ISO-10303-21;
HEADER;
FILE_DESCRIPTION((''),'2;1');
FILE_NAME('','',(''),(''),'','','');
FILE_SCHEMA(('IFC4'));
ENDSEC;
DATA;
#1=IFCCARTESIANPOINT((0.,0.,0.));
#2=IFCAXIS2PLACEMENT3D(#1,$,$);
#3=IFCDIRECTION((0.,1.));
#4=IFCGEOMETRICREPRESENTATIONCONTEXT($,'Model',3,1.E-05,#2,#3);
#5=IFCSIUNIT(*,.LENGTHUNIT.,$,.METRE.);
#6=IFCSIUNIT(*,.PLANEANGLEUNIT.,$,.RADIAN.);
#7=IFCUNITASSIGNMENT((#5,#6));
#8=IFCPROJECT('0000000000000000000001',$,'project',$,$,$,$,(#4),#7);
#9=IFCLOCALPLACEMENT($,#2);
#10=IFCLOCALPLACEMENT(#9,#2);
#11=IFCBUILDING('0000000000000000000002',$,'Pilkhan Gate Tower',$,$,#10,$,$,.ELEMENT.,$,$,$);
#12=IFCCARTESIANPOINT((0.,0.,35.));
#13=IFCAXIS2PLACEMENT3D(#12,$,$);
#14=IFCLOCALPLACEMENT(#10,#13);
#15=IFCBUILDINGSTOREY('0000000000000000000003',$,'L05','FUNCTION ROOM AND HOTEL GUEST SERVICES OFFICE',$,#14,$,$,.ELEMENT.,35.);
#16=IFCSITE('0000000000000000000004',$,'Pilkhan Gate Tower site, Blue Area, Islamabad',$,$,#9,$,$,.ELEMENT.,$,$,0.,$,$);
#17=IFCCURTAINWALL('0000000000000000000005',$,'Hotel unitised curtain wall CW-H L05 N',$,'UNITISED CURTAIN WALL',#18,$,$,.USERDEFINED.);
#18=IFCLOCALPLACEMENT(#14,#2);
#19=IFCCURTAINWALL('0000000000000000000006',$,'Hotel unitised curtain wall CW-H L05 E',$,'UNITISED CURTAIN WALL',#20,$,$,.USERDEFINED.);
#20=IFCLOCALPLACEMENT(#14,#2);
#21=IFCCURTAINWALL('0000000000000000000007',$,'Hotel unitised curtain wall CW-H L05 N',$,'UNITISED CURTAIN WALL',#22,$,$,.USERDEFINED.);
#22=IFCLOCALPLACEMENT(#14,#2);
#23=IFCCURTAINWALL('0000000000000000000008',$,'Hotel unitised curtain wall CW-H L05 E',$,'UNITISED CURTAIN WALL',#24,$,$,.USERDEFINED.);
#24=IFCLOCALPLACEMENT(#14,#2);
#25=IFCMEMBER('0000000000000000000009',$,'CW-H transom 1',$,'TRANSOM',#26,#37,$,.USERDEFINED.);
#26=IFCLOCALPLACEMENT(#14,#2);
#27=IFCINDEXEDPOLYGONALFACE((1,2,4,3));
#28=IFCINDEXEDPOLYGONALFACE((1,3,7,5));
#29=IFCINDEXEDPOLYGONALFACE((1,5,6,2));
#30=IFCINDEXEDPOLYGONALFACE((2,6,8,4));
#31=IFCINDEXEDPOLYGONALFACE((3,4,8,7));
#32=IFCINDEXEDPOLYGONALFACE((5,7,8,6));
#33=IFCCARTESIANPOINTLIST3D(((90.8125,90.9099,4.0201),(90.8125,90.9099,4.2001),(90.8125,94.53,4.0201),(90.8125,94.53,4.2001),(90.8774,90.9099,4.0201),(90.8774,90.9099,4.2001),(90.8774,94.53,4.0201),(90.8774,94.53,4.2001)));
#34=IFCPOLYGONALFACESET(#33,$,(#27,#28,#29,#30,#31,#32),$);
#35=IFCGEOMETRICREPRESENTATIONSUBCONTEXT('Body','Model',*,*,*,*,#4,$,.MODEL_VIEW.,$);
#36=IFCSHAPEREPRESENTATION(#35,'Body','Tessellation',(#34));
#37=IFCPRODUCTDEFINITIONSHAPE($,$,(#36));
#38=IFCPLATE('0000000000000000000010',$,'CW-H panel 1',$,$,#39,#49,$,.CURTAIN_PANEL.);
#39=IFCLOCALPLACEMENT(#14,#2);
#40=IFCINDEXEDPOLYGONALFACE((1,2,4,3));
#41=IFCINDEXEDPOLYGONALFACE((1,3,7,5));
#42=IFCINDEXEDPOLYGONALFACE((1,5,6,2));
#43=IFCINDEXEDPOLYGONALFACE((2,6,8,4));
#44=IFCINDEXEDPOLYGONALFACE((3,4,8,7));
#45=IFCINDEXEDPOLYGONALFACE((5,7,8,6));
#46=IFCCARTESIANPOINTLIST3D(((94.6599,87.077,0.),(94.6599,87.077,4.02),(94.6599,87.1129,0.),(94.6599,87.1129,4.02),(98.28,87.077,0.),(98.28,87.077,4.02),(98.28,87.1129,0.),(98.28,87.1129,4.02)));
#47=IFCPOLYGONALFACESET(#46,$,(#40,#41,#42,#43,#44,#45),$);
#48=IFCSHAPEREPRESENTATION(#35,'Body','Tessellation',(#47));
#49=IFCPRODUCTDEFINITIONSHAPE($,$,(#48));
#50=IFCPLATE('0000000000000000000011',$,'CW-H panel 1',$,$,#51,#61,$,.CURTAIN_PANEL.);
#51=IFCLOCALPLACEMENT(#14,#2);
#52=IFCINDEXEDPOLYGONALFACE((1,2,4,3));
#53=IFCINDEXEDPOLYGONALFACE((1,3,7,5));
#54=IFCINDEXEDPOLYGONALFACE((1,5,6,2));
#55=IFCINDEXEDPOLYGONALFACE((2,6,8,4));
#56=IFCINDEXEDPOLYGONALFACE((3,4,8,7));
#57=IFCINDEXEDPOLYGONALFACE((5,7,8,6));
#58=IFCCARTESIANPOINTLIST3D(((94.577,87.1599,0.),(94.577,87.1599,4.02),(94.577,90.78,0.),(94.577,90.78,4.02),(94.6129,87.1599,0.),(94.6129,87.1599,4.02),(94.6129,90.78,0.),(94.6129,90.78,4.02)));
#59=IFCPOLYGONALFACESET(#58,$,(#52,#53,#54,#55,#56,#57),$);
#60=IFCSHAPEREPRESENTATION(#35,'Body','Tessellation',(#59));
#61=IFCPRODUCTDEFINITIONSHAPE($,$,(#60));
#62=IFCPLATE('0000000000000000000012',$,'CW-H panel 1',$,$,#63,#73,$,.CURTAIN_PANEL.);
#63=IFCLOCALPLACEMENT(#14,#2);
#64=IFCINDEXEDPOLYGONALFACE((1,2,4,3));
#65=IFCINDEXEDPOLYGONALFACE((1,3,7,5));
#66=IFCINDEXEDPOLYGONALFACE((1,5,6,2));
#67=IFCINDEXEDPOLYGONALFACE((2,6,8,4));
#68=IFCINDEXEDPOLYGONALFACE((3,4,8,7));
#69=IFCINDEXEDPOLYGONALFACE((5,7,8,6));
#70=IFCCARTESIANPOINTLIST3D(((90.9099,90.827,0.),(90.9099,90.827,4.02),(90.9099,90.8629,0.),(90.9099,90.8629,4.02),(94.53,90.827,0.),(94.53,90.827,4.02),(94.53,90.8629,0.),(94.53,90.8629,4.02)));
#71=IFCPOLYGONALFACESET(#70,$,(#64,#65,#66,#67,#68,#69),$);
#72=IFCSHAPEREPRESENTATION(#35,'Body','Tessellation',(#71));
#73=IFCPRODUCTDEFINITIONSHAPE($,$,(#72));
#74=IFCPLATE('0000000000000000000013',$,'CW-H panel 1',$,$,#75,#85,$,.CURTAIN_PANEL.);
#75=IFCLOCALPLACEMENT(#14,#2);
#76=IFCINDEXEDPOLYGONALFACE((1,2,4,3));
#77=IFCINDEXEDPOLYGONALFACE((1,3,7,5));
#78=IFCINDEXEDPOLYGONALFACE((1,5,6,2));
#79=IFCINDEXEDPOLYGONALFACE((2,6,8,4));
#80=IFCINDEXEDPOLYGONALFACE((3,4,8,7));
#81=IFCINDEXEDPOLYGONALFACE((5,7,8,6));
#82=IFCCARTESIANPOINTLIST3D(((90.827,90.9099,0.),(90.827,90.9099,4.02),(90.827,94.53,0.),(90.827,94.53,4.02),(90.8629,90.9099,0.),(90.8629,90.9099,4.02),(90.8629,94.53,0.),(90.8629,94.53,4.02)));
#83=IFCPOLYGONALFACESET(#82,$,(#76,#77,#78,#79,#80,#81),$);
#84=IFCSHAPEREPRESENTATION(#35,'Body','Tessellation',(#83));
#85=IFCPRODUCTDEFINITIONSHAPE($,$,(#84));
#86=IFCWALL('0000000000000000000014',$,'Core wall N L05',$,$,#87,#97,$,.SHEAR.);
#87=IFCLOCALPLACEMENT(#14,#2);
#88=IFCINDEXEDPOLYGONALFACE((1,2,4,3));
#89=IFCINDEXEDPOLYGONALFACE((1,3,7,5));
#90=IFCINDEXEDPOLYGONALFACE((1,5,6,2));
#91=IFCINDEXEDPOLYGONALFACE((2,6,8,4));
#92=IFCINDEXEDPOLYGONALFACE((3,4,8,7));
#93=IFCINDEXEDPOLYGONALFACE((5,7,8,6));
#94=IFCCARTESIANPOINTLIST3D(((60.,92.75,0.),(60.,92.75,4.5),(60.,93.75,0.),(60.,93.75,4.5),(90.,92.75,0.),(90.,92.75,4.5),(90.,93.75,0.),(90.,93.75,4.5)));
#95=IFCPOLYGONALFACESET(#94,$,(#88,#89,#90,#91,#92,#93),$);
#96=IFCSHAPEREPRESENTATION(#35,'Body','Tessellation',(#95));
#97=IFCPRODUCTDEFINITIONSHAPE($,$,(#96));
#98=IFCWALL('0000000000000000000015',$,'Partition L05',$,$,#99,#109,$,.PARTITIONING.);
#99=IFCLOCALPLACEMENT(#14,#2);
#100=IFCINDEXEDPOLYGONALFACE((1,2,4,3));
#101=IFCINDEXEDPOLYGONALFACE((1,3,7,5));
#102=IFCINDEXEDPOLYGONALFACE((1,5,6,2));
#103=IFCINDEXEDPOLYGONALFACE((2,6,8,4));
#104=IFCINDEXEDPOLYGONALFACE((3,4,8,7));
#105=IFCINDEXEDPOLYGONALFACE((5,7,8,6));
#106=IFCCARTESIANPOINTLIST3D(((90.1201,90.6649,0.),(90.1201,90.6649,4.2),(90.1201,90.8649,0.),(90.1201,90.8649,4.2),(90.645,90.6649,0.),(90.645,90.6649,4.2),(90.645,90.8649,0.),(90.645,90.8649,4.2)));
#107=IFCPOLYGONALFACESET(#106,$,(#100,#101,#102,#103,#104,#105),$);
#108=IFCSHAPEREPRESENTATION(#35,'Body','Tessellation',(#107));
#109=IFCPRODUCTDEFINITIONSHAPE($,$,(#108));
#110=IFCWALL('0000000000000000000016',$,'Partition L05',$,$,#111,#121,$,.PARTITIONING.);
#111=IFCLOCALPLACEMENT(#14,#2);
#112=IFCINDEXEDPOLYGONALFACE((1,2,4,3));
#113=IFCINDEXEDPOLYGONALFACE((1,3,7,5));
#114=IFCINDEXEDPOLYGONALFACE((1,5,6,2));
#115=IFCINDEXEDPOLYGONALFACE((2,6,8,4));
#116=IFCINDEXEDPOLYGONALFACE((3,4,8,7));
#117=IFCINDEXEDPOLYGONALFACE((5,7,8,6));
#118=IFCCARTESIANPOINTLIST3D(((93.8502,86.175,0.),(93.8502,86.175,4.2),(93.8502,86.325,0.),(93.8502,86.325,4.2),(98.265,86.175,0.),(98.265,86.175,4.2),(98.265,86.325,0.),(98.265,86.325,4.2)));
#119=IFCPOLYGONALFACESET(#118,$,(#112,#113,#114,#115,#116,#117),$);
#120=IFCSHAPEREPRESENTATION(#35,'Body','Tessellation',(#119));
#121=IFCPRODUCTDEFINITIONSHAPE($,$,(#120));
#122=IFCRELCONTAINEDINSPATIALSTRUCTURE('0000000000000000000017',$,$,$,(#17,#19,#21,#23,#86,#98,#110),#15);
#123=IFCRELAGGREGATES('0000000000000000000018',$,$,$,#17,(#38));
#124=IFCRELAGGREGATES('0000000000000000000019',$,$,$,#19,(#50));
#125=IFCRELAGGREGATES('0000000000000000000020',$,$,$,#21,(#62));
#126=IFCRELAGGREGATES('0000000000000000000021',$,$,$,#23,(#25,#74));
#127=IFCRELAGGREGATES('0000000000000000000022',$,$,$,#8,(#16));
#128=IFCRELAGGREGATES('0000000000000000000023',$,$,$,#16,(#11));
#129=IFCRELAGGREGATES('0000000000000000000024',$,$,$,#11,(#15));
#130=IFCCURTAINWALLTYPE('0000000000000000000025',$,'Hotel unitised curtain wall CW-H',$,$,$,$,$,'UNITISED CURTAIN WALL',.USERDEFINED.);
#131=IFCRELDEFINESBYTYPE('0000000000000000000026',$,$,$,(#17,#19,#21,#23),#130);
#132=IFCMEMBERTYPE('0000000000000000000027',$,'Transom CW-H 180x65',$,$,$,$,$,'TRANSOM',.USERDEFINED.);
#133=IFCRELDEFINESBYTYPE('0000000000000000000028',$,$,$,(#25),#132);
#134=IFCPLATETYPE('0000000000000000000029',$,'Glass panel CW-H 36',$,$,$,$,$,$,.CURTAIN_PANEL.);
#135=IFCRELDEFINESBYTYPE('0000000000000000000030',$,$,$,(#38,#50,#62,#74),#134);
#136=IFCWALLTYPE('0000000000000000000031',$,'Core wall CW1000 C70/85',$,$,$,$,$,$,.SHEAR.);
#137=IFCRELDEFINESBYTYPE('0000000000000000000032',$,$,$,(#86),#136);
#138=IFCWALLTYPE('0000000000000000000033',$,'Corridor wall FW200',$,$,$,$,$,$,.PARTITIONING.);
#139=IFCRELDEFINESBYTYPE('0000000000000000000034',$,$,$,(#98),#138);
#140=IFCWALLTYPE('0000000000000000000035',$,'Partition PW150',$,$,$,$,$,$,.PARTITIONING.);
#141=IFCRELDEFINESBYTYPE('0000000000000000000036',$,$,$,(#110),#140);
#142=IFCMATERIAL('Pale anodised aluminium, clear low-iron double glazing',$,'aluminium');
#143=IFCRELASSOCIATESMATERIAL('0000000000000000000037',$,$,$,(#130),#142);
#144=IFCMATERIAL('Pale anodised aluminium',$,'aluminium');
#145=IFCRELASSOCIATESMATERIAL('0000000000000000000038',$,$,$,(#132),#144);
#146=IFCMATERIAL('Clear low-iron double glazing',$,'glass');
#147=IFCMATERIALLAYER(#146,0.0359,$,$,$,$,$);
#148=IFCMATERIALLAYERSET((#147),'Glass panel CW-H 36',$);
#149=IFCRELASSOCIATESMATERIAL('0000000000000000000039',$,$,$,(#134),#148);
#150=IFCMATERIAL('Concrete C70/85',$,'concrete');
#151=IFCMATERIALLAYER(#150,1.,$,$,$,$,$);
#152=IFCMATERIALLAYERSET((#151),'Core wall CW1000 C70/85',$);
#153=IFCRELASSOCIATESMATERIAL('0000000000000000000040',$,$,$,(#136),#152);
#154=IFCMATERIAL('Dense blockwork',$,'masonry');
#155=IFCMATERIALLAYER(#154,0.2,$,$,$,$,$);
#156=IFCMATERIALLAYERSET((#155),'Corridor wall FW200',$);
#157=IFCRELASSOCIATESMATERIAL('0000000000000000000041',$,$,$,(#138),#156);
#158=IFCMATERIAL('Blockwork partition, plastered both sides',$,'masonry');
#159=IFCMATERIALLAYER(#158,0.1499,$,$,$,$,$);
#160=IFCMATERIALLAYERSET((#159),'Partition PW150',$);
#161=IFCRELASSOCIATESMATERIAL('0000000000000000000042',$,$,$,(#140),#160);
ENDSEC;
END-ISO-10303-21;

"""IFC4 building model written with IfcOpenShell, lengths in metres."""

from ifc_helpers import new_model, si_unit, direction, frame, frame_2d, origin, origin_2d, place, context, subcontext, project, spatial, rectangle, extrude, material, layer, layer_set, material_profile, profile_set, type_object, element, aggregate, save


model = new_model("IFC4")

# Units and contexts
model_context = context("Model", 3, precision=1e-05, world=origin(), true_north=direction((0.0, 1.0)))
body_context = subcontext(model_context, "Body", "Model", "MODEL_VIEW")
ifc_project = project(units=[si_unit("LENGTHUNIT", "METRE"), si_unit("PLANEANGLEUNIT", "RADIAN")], contexts=[model_context])

# Site, building, storey
site_placement = place(None, origin())
site = spatial("IfcSite", under=ifc_project, at=site_placement, Name="Pilkhan Gate Tower site, Blue Area, Islamabad", CompositionType="ELEMENT", RefElevation=0.0)
building_placement = place(site_placement, origin())
building = spatial("IfcBuilding", under=site, at=building_placement, Name="Pilkhan Gate Tower", CompositionType="ELEMENT")
storey_placement = place(building_placement, frame((0.0, 0.0, 35.0)))
storey = spatial("IfcBuildingStorey", under=building, at=storey_placement, Name="L05", Description="FUNCTION ROOM AND HOTEL GUEST SERVICES OFFICE", CompositionType="ELEMENT", Elevation=35.0)

# Shared definitions
ifc_material_1 = material(Name="Concrete C70/85", Category="concrete")

# Shared definitions
ifc_material_2 = material(Name="Pale anodised aluminium, clear low-iron double glazing", Category="aluminium")
curtain_wall_type = type_object("IfcCurtainWallType", Name="Hotel unitised curtain wall CW-H", ElementType="UNITISED CURTAIN WALL", PredefinedType="USERDEFINED", material=ifc_material_2)
ifc_material_3 = material(Name="Pale anodised aluminium", Category="aluminium")

# Curtain walls
curtain_wall_1_placement = place(storey_placement, origin())
curtain_wall_1 = element("IfcCurtainWall", 1, at=curtain_wall_1_placement, inside=storey, type_object=curtain_wall_type, Name="Hotel unitised curtain wall CW-H L05 N", ObjectType="UNITISED CURTAIN WALL", PredefinedType="USERDEFINED")
curtain_wall_2_placement = place(storey_placement, origin())
curtain_wall_2 = element("IfcCurtainWall", 2, at=curtain_wall_2_placement, inside=storey, type_object=curtain_wall_type, Name="Hotel unitised curtain wall CW-H L05 E", ObjectType="UNITISED CURTAIN WALL", PredefinedType="USERDEFINED")
curtain_wall_3_placement = place(storey_placement, origin())
curtain_wall_3 = element("IfcCurtainWall", 3, at=curtain_wall_3_placement, inside=storey, type_object=curtain_wall_type, Name="Hotel unitised curtain wall CW-H L05 N", ObjectType="UNITISED CURTAIN WALL", PredefinedType="USERDEFINED")
curtain_wall_4_placement = place(storey_placement, origin())
curtain_wall_4 = element("IfcCurtainWall", 4, at=curtain_wall_4_placement, inside=storey, type_object=curtain_wall_type, Name="Hotel unitised curtain wall CW-H L05 E", ObjectType="UNITISED CURTAIN WALL", PredefinedType="USERDEFINED")

# Member
ifc_material_profile_1 = material_profile(ifc_material_3, rectangle(XDim=0.0649, YDim=0.1799, at=origin_2d()), Name="Transom 180x65")
ifc_profile_set_1 = profile_set([ifc_material_profile_1], Name="Pale anodised aluminium")
member_type_1 = type_object("IfcMemberType", Name="Transom CW-H 180x65", ElementType="TRANSOM", PredefinedType="USERDEFINED", material=ifc_profile_set_1)
member_1_placement = place(storey_placement, frame((90.845, 90.9099, 4.1101), z_axis=(0.0, 1.0, 0.0), x_axis=(-1.0, 0.0, 0.0)))
member_1 = element("IfcMember", 5, at=member_1_placement, type_object=member_type_1, Name="CW-H transom 1", ObjectType="TRANSOM", PredefinedType="USERDEFINED", context=body_context, shape_type="SweptSolid", body=[
    extrude(rectangle(XDim=0.0649, YDim=0.1799, at=origin_2d()), origin(), (0.0, 0.0, 1.0), 3.6201),
])

# Plates
ifc_material_4 = material(Name="Clear low-iron double glazing", Category="glass")
ifc_layer_1 = layer(ifc_material_4, 0.0359)
ifc_layer_set_1 = layer_set([ifc_layer_1], Name="Glass panel CW-H 36")
plate_type = type_object("IfcPlateType", Name="Glass panel CW-H 36", PredefinedType="CURTAIN_PANEL", material=ifc_layer_set_1)
plate_1_placement = place(storey_placement, frame((96.47, 87.095, 0.0), z_axis=(0.0, 0.0, 1.0), x_axis=(1.0, 0.0, 0.0)))
plate_1 = element("IfcPlate", 6, at=plate_1_placement, type_object=plate_type, Name="CW-H panel 1", PredefinedType="CURTAIN_PANEL", context=body_context, shape_type="SweptSolid", body=[
    extrude(rectangle(XDim=3.6201, YDim=0.0359, at=origin_2d()), origin(), (0.0, 0.0, 1.0), 4.02),
])
aggregate(curtain_wall_1, [plate_1])
plate_2_placement = place(storey_placement, frame((94.595, 88.97, 0.0), z_axis=(0.0, 0.0, 1.0), x_axis=(0.0, 1.0, 0.0)))
plate_2 = element("IfcPlate", 7, at=plate_2_placement, type_object=plate_type, Name="CW-H panel 1", PredefinedType="CURTAIN_PANEL", context=body_context, shape_type="SweptSolid", body=[
    extrude(rectangle(XDim=3.6201, YDim=0.0359, at=origin_2d()), origin(), (0.0, 0.0, 1.0), 4.02),
])
aggregate(curtain_wall_2, [plate_2])
plate_3_placement = place(storey_placement, frame((92.72, 90.845, 0.0), z_axis=(0.0, 0.0, 1.0), x_axis=(1.0, 0.0, 0.0)))
plate_3 = element("IfcPlate", 8, at=plate_3_placement, type_object=plate_type, Name="CW-H panel 1", PredefinedType="CURTAIN_PANEL", context=body_context, shape_type="SweptSolid", body=[
    extrude(rectangle(XDim=3.6201, YDim=0.0359, at=origin_2d()), origin(), (0.0, 0.0, 1.0), 4.02),
])
aggregate(curtain_wall_3, [plate_3])
plate_4_placement = place(storey_placement, frame((90.845, 92.72, 0.0), z_axis=(0.0, 0.0, 1.0), x_axis=(0.0, 1.0, 0.0)))
plate_4 = element("IfcPlate", 9, at=plate_4_placement, type_object=plate_type, Name="CW-H panel 1", PredefinedType="CURTAIN_PANEL", context=body_context, shape_type="SweptSolid", body=[
    extrude(rectangle(XDim=3.6201, YDim=0.0359, at=origin_2d()), origin(), (0.0, 0.0, 1.0), 4.02),
])
aggregate(curtain_wall_4, [member_1, plate_4])

# Walls
ifc_layer_2 = layer(ifc_material_1, 1.0)
ifc_layer_set_2 = layer_set([ifc_layer_2], Name="Core wall CW1000 C70/85")
wall_type_1 = type_object("IfcWallType", Name="Core wall CW1000 C70/85", PredefinedType="SHEAR", material=ifc_layer_set_2)
wall_1_placement = place(storey_placement, frame((90.0, 93.25, 0.0), z_axis=(0.0, 0.0, 1.0), x_axis=(-1.0, 0.0, 0.0)))
element("IfcWall", 10, at=wall_1_placement, inside=storey, type_object=wall_type_1, Name="Core wall N L05", PredefinedType="SHEAR", context=body_context, shape_type="SweptSolid", body=[
    extrude(rectangle(XDim=30.0, YDim=1.0, at=frame_2d((15.0, 0.0))), origin(), (0.0, 0.0, 1.0), 4.5),
])
ifc_material_5 = material(Name="Dense blockwork", Category="masonry")
ifc_layer_3 = layer(ifc_material_5, 0.2)
ifc_layer_set_3 = layer_set([ifc_layer_3], Name="Corridor wall FW200")
wall_type_2 = type_object("IfcWallType", Name="Corridor wall FW200", PredefinedType="PARTITIONING", material=ifc_layer_set_3)
wall_2_placement = place(storey_placement, frame((90.1201, 90.7649, 0.0), z_axis=(0.0, 0.0, 1.0), x_axis=(1.0, 0.0, 0.0)))
element("IfcWall", 11, at=wall_2_placement, inside=storey, type_object=wall_type_2, Name="Partition L05", PredefinedType="PARTITIONING", context=body_context, shape_type="SweptSolid", body=[
    extrude(rectangle(XDim=0.5249, YDim=0.2, at=frame_2d((0.2625, 0.0))), origin(), (0.0, 0.0, 1.0), 4.2),
])
ifc_material_6 = material(Name="Blockwork partition, plastered both sides", Category="masonry")
ifc_layer_4 = layer(ifc_material_6, 0.1499)
ifc_layer_set_4 = layer_set([ifc_layer_4], Name="Partition PW150")
wall_type_3 = type_object("IfcWallType", Name="Partition PW150", PredefinedType="PARTITIONING", material=ifc_layer_set_4)
wall_3_placement = place(storey_placement, frame((93.8501, 86.25, 0.0), z_axis=(0.0, 0.0, 1.0), x_axis=(1.0, 0.0, 0.0)))
element("IfcWall", 12, at=wall_3_placement, inside=storey, type_object=wall_type_3, Name="Partition L05", PredefinedType="PARTITIONING", context=body_context, shape_type="SweptSolid", body=[
    extrude(rectangle(XDim=4.4148, YDim=0.1499, at=frame_2d((2.2075, 0.0))), origin(), (0.0, 0.0, 1.0), 4.2),
])

save(model, "model.ifc")
